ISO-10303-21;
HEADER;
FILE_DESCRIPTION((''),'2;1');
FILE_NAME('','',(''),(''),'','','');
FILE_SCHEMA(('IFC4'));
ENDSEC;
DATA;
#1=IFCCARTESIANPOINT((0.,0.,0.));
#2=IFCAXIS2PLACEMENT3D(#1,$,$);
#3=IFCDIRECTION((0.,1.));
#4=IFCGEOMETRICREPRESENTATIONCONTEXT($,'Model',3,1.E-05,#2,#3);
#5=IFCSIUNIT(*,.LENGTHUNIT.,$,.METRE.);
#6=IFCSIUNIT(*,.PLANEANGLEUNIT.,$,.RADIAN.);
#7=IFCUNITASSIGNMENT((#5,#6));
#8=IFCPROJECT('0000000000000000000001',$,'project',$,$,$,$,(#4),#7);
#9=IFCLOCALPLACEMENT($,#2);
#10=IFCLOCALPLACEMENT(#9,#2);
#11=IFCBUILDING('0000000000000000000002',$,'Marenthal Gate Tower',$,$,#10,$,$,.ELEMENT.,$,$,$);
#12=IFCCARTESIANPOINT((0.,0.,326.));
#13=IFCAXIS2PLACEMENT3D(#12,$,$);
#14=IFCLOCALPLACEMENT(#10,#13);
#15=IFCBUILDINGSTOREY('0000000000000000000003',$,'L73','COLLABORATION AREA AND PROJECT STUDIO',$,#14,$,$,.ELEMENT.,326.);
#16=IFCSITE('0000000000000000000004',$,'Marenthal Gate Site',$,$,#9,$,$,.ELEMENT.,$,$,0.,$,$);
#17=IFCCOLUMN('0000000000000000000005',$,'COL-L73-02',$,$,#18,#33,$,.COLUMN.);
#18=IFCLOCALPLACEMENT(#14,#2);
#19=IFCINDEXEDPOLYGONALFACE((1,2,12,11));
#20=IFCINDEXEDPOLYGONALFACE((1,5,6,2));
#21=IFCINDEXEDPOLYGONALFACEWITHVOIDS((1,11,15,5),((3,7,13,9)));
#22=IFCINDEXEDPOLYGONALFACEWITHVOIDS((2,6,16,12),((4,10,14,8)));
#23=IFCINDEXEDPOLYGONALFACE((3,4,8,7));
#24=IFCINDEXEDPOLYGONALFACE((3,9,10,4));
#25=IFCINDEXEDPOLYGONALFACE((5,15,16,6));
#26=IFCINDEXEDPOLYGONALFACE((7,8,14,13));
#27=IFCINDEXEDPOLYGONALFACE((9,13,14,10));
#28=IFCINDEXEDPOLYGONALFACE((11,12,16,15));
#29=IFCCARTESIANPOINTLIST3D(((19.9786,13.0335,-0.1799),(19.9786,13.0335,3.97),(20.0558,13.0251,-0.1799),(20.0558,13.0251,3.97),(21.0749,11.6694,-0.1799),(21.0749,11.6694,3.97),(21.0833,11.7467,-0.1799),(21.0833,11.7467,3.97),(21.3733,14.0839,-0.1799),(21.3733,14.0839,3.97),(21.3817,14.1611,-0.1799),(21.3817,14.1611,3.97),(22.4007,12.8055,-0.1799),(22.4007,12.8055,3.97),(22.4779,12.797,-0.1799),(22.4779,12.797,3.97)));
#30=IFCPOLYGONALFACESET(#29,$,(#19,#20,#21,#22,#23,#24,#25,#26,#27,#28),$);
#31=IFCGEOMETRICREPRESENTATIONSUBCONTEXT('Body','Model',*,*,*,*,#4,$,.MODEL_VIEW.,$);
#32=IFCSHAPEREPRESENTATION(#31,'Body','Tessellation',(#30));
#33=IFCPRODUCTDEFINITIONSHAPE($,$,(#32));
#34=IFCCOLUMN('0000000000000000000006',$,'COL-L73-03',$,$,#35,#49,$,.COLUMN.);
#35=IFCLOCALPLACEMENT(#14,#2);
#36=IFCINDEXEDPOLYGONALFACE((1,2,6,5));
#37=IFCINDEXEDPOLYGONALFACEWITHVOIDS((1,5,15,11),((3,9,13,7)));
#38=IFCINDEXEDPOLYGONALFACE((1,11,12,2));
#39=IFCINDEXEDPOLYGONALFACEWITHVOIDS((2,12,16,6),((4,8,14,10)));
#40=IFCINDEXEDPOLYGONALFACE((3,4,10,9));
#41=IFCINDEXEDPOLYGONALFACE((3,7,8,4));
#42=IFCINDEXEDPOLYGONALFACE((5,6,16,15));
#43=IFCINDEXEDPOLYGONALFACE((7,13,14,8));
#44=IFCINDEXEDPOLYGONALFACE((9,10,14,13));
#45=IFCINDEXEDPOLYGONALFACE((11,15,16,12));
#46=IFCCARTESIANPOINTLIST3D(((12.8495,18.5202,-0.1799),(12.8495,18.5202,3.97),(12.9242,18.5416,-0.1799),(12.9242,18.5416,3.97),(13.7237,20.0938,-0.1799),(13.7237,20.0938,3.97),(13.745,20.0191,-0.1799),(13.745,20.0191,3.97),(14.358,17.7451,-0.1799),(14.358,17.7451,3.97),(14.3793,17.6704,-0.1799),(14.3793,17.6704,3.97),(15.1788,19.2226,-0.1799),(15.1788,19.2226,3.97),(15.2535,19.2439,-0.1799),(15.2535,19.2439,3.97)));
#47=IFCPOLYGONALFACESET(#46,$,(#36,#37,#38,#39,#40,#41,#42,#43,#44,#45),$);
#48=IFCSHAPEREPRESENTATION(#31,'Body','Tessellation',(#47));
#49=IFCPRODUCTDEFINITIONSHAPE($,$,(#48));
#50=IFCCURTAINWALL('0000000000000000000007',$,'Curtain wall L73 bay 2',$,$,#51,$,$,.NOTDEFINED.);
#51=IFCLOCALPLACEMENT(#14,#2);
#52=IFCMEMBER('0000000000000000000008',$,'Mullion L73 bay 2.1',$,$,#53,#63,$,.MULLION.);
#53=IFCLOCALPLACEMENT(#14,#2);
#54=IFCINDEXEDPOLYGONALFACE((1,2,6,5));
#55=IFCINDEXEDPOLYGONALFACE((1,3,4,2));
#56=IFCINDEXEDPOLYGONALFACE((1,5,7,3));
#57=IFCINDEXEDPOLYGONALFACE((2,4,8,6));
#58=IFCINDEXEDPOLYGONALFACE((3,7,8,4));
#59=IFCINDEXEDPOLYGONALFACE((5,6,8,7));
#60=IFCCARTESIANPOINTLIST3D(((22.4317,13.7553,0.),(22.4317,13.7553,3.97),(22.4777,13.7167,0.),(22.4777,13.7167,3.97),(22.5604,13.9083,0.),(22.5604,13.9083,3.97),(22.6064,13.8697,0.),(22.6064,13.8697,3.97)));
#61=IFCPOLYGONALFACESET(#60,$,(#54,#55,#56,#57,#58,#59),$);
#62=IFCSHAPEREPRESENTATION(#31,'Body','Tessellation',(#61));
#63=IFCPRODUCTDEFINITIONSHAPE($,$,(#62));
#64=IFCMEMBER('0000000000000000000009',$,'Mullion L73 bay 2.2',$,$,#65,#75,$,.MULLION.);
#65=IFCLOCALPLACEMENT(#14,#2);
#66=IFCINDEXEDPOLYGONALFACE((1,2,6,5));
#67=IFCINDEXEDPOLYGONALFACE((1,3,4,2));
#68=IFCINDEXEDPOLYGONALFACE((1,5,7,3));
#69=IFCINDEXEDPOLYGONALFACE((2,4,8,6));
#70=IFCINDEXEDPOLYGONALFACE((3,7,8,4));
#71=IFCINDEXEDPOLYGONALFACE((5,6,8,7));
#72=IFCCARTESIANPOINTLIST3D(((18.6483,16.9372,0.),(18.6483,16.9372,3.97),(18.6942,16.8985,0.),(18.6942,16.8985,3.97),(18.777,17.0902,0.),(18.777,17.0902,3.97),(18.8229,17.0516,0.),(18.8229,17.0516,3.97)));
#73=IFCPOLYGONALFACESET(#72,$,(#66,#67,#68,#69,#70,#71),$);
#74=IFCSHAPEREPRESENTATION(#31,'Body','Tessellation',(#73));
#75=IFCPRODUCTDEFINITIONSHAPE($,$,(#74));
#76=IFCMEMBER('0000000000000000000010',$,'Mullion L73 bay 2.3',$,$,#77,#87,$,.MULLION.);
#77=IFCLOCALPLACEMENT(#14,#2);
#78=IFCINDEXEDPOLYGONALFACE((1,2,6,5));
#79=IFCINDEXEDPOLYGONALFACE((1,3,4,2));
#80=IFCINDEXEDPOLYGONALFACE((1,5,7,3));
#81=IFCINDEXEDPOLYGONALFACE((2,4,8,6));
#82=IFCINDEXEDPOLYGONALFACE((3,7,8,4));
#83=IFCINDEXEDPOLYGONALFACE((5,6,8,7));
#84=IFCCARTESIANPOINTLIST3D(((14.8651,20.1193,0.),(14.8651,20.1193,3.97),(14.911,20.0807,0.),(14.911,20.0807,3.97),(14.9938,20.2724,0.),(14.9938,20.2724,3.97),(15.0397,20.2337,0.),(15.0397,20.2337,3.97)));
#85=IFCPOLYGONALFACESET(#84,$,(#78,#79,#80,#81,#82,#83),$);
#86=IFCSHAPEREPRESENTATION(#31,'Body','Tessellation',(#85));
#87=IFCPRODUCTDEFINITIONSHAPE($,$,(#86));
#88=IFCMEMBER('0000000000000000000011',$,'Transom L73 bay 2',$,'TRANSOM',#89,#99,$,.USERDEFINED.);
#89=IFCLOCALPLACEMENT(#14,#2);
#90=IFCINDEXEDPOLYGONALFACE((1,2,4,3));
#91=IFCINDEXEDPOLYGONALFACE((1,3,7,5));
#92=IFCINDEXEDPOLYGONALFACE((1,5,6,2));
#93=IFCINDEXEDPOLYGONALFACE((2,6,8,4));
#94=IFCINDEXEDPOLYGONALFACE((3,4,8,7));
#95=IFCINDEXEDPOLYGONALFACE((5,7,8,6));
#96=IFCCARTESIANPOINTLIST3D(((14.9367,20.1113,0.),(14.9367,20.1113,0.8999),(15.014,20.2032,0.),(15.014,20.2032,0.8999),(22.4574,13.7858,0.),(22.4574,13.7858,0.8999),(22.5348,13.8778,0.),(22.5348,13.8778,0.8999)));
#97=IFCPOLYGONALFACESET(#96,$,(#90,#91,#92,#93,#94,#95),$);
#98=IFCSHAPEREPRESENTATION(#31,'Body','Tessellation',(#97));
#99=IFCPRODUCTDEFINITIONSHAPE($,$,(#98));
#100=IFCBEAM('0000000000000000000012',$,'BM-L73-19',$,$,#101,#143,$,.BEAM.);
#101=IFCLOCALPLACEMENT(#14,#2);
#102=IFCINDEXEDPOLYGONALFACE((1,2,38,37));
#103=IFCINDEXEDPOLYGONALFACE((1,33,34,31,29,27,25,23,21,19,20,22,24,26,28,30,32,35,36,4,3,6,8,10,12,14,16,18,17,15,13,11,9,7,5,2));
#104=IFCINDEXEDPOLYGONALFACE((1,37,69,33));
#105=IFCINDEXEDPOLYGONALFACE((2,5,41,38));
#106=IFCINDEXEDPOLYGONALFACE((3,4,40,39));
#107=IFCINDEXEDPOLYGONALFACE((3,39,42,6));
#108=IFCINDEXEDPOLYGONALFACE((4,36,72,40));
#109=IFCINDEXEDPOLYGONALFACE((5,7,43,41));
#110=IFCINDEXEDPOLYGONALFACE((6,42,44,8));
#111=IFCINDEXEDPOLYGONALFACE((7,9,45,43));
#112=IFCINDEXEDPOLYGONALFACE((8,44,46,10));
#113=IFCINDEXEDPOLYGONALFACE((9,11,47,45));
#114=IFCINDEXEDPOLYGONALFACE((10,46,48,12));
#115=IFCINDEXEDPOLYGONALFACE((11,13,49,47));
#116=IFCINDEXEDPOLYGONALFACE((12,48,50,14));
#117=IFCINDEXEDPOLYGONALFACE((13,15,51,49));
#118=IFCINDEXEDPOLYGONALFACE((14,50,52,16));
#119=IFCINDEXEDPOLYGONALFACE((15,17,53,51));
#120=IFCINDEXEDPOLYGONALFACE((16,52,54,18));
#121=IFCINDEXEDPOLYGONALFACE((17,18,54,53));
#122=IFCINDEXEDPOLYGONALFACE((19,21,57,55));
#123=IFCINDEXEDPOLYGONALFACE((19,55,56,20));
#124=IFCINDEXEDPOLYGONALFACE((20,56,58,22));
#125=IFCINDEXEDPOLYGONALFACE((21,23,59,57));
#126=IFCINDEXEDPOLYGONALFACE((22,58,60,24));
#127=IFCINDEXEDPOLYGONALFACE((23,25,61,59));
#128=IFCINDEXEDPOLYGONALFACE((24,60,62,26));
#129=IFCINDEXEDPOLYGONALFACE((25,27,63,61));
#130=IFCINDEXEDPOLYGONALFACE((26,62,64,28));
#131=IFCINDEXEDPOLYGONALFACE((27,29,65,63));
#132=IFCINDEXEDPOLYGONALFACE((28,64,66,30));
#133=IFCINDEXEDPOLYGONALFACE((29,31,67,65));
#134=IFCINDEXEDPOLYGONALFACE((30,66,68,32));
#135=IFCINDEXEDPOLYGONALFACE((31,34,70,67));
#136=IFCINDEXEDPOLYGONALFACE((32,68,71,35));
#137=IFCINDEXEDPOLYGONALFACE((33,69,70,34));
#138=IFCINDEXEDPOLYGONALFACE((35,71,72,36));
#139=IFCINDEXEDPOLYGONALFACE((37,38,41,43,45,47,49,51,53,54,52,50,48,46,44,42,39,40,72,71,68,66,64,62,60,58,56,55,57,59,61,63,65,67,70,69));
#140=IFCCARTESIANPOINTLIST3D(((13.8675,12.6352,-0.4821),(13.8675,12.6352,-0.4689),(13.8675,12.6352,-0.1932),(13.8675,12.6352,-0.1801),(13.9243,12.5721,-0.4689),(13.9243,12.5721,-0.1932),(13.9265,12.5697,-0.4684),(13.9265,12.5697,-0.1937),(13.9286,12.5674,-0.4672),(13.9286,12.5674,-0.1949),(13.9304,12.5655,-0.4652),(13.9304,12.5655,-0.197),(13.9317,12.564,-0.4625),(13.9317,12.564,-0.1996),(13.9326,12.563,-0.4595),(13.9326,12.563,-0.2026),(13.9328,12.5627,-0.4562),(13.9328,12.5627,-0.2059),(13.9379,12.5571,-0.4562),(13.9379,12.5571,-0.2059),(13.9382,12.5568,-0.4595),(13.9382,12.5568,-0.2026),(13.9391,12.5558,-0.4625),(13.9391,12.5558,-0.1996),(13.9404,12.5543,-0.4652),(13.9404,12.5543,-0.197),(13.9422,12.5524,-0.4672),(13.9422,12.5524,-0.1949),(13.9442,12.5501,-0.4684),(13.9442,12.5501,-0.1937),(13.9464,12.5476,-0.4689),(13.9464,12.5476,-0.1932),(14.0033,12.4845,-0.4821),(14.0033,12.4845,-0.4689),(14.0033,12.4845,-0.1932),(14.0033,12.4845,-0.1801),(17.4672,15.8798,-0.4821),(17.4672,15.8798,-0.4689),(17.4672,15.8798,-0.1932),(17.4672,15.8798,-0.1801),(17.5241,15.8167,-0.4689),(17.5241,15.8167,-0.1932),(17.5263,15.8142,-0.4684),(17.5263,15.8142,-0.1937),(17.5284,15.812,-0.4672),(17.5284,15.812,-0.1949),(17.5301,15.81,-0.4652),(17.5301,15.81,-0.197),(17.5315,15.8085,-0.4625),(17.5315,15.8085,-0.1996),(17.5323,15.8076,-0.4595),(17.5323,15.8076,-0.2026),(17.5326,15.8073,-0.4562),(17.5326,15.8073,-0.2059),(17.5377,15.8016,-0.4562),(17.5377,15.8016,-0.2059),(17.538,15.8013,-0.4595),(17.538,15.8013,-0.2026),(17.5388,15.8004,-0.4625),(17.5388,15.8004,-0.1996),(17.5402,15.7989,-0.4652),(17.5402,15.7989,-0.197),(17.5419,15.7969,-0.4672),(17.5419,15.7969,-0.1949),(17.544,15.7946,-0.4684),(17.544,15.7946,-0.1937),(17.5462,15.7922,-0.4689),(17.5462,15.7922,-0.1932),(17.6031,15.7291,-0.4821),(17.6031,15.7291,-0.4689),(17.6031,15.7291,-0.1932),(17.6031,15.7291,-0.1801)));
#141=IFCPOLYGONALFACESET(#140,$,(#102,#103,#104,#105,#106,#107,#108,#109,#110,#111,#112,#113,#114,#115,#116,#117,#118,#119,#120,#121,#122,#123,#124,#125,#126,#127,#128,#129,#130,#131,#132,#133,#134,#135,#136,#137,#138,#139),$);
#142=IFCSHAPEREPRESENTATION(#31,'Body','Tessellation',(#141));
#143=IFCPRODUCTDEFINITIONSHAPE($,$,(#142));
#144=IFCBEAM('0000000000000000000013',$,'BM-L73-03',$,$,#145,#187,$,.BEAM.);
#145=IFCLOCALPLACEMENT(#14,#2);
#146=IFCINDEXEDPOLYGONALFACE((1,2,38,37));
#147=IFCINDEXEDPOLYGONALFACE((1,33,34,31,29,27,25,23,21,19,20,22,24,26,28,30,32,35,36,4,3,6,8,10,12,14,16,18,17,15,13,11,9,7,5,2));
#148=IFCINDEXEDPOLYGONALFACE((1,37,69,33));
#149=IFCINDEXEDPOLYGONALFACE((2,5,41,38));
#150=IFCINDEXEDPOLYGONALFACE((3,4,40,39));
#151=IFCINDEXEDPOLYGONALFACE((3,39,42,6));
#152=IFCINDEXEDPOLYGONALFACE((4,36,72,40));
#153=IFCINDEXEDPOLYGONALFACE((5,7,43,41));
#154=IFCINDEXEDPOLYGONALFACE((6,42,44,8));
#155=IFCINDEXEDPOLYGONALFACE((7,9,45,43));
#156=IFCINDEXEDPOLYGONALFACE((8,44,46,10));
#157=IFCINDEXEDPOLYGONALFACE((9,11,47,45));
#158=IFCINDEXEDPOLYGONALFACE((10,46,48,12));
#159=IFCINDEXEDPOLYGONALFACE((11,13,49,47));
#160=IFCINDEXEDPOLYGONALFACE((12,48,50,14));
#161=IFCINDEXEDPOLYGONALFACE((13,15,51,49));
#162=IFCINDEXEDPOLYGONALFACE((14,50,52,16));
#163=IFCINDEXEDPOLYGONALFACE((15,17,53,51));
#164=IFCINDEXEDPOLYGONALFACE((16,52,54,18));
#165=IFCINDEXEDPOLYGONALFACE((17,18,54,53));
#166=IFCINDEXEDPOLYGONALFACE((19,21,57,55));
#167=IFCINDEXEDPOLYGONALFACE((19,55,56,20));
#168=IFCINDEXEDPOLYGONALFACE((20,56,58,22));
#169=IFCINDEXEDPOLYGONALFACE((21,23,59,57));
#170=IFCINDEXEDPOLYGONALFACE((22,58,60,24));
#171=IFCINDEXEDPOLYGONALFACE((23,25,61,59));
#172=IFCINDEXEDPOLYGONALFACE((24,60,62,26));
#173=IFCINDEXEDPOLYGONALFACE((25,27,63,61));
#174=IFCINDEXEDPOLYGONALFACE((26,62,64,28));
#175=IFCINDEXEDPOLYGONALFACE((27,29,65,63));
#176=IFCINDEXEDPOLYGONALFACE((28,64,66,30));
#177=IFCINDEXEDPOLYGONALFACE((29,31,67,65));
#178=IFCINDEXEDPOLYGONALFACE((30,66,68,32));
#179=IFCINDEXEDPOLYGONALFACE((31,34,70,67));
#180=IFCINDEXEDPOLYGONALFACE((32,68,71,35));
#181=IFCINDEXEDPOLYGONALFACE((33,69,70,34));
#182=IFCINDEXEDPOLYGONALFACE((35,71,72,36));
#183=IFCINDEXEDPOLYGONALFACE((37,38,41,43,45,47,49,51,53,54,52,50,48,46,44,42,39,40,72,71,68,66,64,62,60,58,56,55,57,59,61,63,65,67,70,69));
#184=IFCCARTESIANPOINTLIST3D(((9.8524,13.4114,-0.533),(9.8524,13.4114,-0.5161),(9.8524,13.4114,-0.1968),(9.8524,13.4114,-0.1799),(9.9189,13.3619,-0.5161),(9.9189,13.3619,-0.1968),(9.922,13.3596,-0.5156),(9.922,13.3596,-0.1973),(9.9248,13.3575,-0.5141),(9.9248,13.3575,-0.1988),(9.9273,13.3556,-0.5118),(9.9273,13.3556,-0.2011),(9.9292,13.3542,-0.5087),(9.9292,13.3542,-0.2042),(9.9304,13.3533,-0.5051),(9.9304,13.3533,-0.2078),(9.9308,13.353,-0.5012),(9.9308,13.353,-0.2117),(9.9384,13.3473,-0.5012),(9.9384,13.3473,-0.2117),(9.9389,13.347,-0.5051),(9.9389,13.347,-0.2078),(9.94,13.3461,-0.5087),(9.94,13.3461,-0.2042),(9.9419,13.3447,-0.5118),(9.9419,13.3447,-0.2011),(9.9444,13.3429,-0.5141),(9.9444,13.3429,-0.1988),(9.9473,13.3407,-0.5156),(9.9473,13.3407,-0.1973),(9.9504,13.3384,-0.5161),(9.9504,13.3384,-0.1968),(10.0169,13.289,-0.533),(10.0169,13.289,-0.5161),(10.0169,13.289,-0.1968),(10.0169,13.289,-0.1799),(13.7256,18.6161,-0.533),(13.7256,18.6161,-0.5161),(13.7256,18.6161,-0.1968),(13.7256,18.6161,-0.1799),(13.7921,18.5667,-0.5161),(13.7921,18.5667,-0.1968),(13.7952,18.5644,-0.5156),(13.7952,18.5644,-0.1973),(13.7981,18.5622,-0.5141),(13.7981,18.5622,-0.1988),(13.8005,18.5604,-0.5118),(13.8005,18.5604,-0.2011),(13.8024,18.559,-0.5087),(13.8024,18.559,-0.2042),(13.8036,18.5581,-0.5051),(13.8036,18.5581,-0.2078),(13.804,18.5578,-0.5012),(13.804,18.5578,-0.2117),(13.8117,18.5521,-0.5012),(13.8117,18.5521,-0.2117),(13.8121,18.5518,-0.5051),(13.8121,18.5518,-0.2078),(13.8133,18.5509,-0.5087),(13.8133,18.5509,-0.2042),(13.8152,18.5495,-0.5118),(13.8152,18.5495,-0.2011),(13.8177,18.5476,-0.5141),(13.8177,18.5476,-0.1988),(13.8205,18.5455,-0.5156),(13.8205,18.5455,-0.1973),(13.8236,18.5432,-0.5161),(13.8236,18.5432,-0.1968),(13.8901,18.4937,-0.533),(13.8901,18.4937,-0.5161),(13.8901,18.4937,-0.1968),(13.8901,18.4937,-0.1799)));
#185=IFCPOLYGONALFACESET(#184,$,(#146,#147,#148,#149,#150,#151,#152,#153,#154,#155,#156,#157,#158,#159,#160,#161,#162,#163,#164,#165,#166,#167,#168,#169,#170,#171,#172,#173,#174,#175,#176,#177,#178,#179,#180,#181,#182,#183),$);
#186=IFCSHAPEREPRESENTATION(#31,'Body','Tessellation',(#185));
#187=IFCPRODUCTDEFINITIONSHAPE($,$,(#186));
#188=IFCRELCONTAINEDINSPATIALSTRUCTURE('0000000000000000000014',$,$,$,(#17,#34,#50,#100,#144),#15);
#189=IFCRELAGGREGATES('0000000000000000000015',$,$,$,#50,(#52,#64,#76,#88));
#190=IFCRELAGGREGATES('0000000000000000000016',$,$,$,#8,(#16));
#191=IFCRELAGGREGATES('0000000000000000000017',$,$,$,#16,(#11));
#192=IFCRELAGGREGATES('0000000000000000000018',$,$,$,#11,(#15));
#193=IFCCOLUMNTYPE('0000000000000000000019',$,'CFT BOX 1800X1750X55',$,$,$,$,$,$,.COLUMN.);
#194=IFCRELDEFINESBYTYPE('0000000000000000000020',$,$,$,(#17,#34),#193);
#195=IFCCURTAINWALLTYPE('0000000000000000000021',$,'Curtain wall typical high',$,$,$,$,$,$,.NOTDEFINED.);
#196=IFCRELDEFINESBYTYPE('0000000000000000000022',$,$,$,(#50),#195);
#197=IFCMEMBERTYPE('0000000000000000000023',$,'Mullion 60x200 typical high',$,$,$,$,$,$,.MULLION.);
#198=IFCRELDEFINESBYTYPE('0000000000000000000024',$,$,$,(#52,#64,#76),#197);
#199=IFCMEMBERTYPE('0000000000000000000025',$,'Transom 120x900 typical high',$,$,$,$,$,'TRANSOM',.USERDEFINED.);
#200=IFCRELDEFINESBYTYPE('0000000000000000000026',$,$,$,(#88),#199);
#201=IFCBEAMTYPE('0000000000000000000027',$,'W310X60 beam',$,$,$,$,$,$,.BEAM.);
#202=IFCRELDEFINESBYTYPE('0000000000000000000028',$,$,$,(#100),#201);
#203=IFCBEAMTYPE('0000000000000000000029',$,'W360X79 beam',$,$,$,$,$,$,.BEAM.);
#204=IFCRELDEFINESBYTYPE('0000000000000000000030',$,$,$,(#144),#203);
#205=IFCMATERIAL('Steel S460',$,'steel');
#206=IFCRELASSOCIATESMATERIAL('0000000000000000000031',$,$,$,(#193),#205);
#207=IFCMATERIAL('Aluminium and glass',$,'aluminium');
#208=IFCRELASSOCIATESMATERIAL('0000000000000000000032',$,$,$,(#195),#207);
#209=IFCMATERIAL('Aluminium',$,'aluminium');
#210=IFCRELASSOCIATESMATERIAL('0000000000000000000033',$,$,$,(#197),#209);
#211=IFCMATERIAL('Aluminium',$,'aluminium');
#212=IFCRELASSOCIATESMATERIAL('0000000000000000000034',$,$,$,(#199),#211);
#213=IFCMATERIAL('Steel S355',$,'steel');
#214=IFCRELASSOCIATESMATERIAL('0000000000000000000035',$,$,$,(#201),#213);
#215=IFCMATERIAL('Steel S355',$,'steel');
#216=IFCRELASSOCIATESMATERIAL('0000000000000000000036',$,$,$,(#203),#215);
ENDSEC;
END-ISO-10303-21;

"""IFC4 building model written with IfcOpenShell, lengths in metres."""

from ifc_helpers import new_model, si_unit, direction, frame, origin, origin_2d, place, context, subcontext, project, spatial, rectangle, hollow_rectangle, i_section, extrude, material, material_profile, profile_set, type_object, element, aggregate, save


model = new_model("IFC4")

# Units and contexts
model_context = context("Model", 3, precision=1e-05, world=origin(), true_north=direction((0.0, 1.0)))
body_context = subcontext(model_context, "Body", "Model", "MODEL_VIEW")
ifc_project = project(units=[si_unit("LENGTHUNIT", "METRE"), si_unit("PLANEANGLEUNIT", "RADIAN")], contexts=[model_context])

# Site, building, storey
site_placement = place(None, origin())
site = spatial("IfcSite", under=ifc_project, at=site_placement, Name="Marenthal Gate Site", CompositionType="ELEMENT", RefElevation=0.0)
building_placement = place(site_placement, origin())
building = spatial("IfcBuilding", under=site, at=building_placement, Name="Marenthal Gate Tower", CompositionType="ELEMENT")
storey_placement = place(building_placement, frame((0.0, 0.0, 326.0)))
storey = spatial("IfcBuildingStorey", under=building, at=storey_placement, Name="L73", Description="COLLABORATION AREA AND PROJECT STUDIO", CompositionType="ELEMENT", Elevation=326.0)

# Columns
ifc_material_1 = material(Name="Steel S460", Category="steel")
ifc_material_profile_1 = material_profile(ifc_material_1, hollow_rectangle(XDim=1.75, YDim=1.8, WallThickness=0.0549, at=origin_2d()), Name="CFT BOX 1800X1750X55")
ifc_material_2 = material(Name="Concrete 70 MPa", Category="concrete")
ifc_material_profile_2 = material_profile(ifc_material_2, rectangle(XDim=1.6399, YDim=1.6899, at=origin_2d()), Name="CFT BOX 1800X1750X55 INFILL")
ifc_profile_set_1 = profile_set([ifc_material_profile_1, ifc_material_profile_2], Name="Steel S460 shell, Concrete 70 MPa infill")
column_type = type_object("IfcColumnType", Name="CFT BOX 1800X1750X55", PredefinedType="COLUMN", material=ifc_profile_set_1)
for number, where, z_axis, x_axis, name in (
    (1, (21.2283, 12.9153, -0.1799), (0.0, 0.0, 1.0), (0.626431, -0.779477, 0.0), "COL-L73-02"),
    (2, (14.0515, 18.8821, -0.1799), (0.0, 0.0, 1.0), (0.874163, -0.485632, 0.0), "COL-L73-03"),
):
    element("IfcColumn", number, at=place(storey_placement, frame(where, z_axis=z_axis, x_axis=x_axis)), inside=storey, type_object=column_type, Name=name, PredefinedType="COLUMN", context=body_context, shape_type="SweptSolid", body=[
        extrude(hollow_rectangle(XDim=1.75, YDim=1.8, WallThickness=0.0549, at=origin_2d()), origin(), (0.0, 0.0, 1.0), 4.1499),
    ])

# Curtain wall, members
ifc_material_3 = material(Name="Aluminium and glass", Category="aluminium")
curtain_wall_type = type_object("IfcCurtainWallType", Name="Curtain wall typical high", PredefinedType="NOTDEFINED", material=ifc_material_3)
curtain_wall_placement = place(storey_placement, origin())
curtain_wall = element("IfcCurtainWall", 3, at=curtain_wall_placement, inside=storey, type_object=curtain_wall_type, Name="Curtain wall L73 bay 2", PredefinedType="NOTDEFINED")
ifc_material_4 = material(Name="Aluminium", Category="aluminium")
ifc_material_profile_3 = material_profile(ifc_material_4, rectangle(XDim=0.2, YDim=0.0601, at=origin_2d()), Name="60x200 aluminium mullion")
ifc_profile_set_2 = profile_set([ifc_material_profile_3], Name="Aluminium")
member_type_1 = type_object("IfcMemberType", Name="Mullion 60x200 typical high", PredefinedType="MULLION", material=ifc_profile_set_2)
member_1_placement = place(storey_placement, frame((22.519, 13.8125, 0.0), z_axis=(0.0, 0.0, 1.0), x_axis=(-0.643676, -0.765298, 0.0)))
member_1 = element("IfcMember", 4, at=member_1_placement, type_object=member_type_1, Name="Mullion L73 bay 2.1", PredefinedType="MULLION", context=body_context, shape_type="SweptSolid", body=[
    extrude(rectangle(XDim=0.2, YDim=0.0601, at=origin_2d()), origin(), (0.0, 0.0, 1.0), 3.97),
])
member_2_placement = place(storey_placement, frame((18.7356, 16.9944, 0.0), z_axis=(0.0, 0.0, 1.0), x_axis=(-0.643676, -0.765298, 0.0)))
member_2 = element("IfcMember", 5, at=member_2_placement, type_object=member_type_1, Name="Mullion L73 bay 2.2", PredefinedType="MULLION", context=body_context, shape_type="SweptSolid", body=[
    extrude(rectangle(XDim=0.2, YDim=0.0601, at=origin_2d()), origin(), (0.0, 0.0, 1.0), 3.97),
])
member_3_placement = place(storey_placement, frame((14.9524, 20.1765, 0.0), z_axis=(0.0, 0.0, 1.0), x_axis=(-0.643676, -0.765298, 0.0)))
member_3 = element("IfcMember", 6, at=member_3_placement, type_object=member_type_1, Name="Mullion L73 bay 2.3", PredefinedType="MULLION", context=body_context, shape_type="SweptSolid", body=[
    extrude(rectangle(XDim=0.2, YDim=0.0601, at=origin_2d()), origin(), (0.0, 0.0, 1.0), 3.97),
])
ifc_material_5 = material(Name="Aluminium", Category="aluminium")
ifc_material_profile_4 = material_profile(ifc_material_5, rectangle(XDim=0.1201, YDim=0.8999, at=origin_2d()), Name="120x900 aluminium transom")
ifc_profile_set_3 = profile_set([ifc_material_profile_4], Name="Aluminium")
member_type_2 = type_object("IfcMemberType", Name="Transom 120x900 typical high", ElementType="TRANSOM", PredefinedType="USERDEFINED", material=ifc_profile_set_3)
member_4_placement = place(storey_placement, frame((22.4961, 13.8318, 0.45), z_axis=(-0.765303, 0.64367, 0.0), x_axis=(-0.64367, -0.765303, 0.0)))
member_4 = element("IfcMember", 7, at=member_4_placement, type_object=member_type_2, Name="Transom L73 bay 2", ObjectType="TRANSOM", PredefinedType="USERDEFINED", context=body_context, shape_type="SweptSolid", body=[
    extrude(rectangle(XDim=0.1201, YDim=0.8999, at=origin_2d()), origin(), (0.0, 0.0, 1.0), 9.8271),
])

# Beams
ifc_material_6 = material(Name="Steel S355", Category="steel")
ifc_material_profile_5 = material_profile(ifc_material_6, i_section(OverallWidth=0.2029, OverallDepth=0.302, WebThickness=0.0076, FlangeThickness=0.0132, FilletRadius=0.0127, at=origin_2d()), Name="W310X60")
ifc_profile_set_4 = profile_set([ifc_material_profile_5], Name="Steel S355")
beam_type_1 = type_object("IfcBeamType", Name="W310X60 beam", PredefinedType="BEAM", material=ifc_profile_set_4)
beam_1_placement = place(storey_placement, frame((17.5352, 15.8044, -0.3311), z_axis=(-0.742805, -0.669507, 0.0), x_axis=(0.669507, -0.742805, 0.0)))
element("IfcBeam", 8, at=beam_1_placement, inside=storey, type_object=beam_type_1, Name="BM-L73-19", PredefinedType="BEAM", context=body_context, shape_type="SweptSolid", body=[
    extrude(i_section(OverallWidth=0.2029, OverallDepth=0.302, WebThickness=0.0076, FlangeThickness=0.0132, FilletRadius=0.0127, at=origin_2d()), origin(), (0.0, 0.0, 1.0), 4.8462),
])
ifc_material_7 = material(Name="Steel S355", Category="steel")
ifc_material_profile_6 = material_profile(ifc_material_7, i_section(OverallWidth=0.2051, OverallDepth=0.353, WebThickness=0.0095, FlangeThickness=0.0168, FilletRadius=0.0149, at=origin_2d()), Name="W360X79")
ifc_profile_set_5 = profile_set([ifc_material_profile_6], Name="Steel S355")
beam_type_2 = type_object("IfcBeamType", Name="W360X79 beam", PredefinedType="BEAM", material=ifc_profile_set_5)
beam_2_placement = place(storey_placement, frame((13.8079, 18.5549, -0.3564), z_axis=(-0.597003, -0.802239, 0.0), x_axis=(0.802239, -0.597003, 0.0)))
element("IfcBeam", 9, at=beam_2_placement, inside=storey, type_object=beam_type_2, Name="BM-L73-03", PredefinedType="BEAM", context=body_context, shape_type="SweptSolid", body=[
    extrude(i_section(OverallWidth=0.2051, OverallDepth=0.353, WebThickness=0.0095, FlangeThickness=0.0168, FilletRadius=0.0149, at=origin_2d()), origin(), (0.0, 0.0, 1.0), 6.4878),
])

aggregate(curtain_wall, [member_1, member_2, member_3, member_4])

save(model, "model.ifc")
